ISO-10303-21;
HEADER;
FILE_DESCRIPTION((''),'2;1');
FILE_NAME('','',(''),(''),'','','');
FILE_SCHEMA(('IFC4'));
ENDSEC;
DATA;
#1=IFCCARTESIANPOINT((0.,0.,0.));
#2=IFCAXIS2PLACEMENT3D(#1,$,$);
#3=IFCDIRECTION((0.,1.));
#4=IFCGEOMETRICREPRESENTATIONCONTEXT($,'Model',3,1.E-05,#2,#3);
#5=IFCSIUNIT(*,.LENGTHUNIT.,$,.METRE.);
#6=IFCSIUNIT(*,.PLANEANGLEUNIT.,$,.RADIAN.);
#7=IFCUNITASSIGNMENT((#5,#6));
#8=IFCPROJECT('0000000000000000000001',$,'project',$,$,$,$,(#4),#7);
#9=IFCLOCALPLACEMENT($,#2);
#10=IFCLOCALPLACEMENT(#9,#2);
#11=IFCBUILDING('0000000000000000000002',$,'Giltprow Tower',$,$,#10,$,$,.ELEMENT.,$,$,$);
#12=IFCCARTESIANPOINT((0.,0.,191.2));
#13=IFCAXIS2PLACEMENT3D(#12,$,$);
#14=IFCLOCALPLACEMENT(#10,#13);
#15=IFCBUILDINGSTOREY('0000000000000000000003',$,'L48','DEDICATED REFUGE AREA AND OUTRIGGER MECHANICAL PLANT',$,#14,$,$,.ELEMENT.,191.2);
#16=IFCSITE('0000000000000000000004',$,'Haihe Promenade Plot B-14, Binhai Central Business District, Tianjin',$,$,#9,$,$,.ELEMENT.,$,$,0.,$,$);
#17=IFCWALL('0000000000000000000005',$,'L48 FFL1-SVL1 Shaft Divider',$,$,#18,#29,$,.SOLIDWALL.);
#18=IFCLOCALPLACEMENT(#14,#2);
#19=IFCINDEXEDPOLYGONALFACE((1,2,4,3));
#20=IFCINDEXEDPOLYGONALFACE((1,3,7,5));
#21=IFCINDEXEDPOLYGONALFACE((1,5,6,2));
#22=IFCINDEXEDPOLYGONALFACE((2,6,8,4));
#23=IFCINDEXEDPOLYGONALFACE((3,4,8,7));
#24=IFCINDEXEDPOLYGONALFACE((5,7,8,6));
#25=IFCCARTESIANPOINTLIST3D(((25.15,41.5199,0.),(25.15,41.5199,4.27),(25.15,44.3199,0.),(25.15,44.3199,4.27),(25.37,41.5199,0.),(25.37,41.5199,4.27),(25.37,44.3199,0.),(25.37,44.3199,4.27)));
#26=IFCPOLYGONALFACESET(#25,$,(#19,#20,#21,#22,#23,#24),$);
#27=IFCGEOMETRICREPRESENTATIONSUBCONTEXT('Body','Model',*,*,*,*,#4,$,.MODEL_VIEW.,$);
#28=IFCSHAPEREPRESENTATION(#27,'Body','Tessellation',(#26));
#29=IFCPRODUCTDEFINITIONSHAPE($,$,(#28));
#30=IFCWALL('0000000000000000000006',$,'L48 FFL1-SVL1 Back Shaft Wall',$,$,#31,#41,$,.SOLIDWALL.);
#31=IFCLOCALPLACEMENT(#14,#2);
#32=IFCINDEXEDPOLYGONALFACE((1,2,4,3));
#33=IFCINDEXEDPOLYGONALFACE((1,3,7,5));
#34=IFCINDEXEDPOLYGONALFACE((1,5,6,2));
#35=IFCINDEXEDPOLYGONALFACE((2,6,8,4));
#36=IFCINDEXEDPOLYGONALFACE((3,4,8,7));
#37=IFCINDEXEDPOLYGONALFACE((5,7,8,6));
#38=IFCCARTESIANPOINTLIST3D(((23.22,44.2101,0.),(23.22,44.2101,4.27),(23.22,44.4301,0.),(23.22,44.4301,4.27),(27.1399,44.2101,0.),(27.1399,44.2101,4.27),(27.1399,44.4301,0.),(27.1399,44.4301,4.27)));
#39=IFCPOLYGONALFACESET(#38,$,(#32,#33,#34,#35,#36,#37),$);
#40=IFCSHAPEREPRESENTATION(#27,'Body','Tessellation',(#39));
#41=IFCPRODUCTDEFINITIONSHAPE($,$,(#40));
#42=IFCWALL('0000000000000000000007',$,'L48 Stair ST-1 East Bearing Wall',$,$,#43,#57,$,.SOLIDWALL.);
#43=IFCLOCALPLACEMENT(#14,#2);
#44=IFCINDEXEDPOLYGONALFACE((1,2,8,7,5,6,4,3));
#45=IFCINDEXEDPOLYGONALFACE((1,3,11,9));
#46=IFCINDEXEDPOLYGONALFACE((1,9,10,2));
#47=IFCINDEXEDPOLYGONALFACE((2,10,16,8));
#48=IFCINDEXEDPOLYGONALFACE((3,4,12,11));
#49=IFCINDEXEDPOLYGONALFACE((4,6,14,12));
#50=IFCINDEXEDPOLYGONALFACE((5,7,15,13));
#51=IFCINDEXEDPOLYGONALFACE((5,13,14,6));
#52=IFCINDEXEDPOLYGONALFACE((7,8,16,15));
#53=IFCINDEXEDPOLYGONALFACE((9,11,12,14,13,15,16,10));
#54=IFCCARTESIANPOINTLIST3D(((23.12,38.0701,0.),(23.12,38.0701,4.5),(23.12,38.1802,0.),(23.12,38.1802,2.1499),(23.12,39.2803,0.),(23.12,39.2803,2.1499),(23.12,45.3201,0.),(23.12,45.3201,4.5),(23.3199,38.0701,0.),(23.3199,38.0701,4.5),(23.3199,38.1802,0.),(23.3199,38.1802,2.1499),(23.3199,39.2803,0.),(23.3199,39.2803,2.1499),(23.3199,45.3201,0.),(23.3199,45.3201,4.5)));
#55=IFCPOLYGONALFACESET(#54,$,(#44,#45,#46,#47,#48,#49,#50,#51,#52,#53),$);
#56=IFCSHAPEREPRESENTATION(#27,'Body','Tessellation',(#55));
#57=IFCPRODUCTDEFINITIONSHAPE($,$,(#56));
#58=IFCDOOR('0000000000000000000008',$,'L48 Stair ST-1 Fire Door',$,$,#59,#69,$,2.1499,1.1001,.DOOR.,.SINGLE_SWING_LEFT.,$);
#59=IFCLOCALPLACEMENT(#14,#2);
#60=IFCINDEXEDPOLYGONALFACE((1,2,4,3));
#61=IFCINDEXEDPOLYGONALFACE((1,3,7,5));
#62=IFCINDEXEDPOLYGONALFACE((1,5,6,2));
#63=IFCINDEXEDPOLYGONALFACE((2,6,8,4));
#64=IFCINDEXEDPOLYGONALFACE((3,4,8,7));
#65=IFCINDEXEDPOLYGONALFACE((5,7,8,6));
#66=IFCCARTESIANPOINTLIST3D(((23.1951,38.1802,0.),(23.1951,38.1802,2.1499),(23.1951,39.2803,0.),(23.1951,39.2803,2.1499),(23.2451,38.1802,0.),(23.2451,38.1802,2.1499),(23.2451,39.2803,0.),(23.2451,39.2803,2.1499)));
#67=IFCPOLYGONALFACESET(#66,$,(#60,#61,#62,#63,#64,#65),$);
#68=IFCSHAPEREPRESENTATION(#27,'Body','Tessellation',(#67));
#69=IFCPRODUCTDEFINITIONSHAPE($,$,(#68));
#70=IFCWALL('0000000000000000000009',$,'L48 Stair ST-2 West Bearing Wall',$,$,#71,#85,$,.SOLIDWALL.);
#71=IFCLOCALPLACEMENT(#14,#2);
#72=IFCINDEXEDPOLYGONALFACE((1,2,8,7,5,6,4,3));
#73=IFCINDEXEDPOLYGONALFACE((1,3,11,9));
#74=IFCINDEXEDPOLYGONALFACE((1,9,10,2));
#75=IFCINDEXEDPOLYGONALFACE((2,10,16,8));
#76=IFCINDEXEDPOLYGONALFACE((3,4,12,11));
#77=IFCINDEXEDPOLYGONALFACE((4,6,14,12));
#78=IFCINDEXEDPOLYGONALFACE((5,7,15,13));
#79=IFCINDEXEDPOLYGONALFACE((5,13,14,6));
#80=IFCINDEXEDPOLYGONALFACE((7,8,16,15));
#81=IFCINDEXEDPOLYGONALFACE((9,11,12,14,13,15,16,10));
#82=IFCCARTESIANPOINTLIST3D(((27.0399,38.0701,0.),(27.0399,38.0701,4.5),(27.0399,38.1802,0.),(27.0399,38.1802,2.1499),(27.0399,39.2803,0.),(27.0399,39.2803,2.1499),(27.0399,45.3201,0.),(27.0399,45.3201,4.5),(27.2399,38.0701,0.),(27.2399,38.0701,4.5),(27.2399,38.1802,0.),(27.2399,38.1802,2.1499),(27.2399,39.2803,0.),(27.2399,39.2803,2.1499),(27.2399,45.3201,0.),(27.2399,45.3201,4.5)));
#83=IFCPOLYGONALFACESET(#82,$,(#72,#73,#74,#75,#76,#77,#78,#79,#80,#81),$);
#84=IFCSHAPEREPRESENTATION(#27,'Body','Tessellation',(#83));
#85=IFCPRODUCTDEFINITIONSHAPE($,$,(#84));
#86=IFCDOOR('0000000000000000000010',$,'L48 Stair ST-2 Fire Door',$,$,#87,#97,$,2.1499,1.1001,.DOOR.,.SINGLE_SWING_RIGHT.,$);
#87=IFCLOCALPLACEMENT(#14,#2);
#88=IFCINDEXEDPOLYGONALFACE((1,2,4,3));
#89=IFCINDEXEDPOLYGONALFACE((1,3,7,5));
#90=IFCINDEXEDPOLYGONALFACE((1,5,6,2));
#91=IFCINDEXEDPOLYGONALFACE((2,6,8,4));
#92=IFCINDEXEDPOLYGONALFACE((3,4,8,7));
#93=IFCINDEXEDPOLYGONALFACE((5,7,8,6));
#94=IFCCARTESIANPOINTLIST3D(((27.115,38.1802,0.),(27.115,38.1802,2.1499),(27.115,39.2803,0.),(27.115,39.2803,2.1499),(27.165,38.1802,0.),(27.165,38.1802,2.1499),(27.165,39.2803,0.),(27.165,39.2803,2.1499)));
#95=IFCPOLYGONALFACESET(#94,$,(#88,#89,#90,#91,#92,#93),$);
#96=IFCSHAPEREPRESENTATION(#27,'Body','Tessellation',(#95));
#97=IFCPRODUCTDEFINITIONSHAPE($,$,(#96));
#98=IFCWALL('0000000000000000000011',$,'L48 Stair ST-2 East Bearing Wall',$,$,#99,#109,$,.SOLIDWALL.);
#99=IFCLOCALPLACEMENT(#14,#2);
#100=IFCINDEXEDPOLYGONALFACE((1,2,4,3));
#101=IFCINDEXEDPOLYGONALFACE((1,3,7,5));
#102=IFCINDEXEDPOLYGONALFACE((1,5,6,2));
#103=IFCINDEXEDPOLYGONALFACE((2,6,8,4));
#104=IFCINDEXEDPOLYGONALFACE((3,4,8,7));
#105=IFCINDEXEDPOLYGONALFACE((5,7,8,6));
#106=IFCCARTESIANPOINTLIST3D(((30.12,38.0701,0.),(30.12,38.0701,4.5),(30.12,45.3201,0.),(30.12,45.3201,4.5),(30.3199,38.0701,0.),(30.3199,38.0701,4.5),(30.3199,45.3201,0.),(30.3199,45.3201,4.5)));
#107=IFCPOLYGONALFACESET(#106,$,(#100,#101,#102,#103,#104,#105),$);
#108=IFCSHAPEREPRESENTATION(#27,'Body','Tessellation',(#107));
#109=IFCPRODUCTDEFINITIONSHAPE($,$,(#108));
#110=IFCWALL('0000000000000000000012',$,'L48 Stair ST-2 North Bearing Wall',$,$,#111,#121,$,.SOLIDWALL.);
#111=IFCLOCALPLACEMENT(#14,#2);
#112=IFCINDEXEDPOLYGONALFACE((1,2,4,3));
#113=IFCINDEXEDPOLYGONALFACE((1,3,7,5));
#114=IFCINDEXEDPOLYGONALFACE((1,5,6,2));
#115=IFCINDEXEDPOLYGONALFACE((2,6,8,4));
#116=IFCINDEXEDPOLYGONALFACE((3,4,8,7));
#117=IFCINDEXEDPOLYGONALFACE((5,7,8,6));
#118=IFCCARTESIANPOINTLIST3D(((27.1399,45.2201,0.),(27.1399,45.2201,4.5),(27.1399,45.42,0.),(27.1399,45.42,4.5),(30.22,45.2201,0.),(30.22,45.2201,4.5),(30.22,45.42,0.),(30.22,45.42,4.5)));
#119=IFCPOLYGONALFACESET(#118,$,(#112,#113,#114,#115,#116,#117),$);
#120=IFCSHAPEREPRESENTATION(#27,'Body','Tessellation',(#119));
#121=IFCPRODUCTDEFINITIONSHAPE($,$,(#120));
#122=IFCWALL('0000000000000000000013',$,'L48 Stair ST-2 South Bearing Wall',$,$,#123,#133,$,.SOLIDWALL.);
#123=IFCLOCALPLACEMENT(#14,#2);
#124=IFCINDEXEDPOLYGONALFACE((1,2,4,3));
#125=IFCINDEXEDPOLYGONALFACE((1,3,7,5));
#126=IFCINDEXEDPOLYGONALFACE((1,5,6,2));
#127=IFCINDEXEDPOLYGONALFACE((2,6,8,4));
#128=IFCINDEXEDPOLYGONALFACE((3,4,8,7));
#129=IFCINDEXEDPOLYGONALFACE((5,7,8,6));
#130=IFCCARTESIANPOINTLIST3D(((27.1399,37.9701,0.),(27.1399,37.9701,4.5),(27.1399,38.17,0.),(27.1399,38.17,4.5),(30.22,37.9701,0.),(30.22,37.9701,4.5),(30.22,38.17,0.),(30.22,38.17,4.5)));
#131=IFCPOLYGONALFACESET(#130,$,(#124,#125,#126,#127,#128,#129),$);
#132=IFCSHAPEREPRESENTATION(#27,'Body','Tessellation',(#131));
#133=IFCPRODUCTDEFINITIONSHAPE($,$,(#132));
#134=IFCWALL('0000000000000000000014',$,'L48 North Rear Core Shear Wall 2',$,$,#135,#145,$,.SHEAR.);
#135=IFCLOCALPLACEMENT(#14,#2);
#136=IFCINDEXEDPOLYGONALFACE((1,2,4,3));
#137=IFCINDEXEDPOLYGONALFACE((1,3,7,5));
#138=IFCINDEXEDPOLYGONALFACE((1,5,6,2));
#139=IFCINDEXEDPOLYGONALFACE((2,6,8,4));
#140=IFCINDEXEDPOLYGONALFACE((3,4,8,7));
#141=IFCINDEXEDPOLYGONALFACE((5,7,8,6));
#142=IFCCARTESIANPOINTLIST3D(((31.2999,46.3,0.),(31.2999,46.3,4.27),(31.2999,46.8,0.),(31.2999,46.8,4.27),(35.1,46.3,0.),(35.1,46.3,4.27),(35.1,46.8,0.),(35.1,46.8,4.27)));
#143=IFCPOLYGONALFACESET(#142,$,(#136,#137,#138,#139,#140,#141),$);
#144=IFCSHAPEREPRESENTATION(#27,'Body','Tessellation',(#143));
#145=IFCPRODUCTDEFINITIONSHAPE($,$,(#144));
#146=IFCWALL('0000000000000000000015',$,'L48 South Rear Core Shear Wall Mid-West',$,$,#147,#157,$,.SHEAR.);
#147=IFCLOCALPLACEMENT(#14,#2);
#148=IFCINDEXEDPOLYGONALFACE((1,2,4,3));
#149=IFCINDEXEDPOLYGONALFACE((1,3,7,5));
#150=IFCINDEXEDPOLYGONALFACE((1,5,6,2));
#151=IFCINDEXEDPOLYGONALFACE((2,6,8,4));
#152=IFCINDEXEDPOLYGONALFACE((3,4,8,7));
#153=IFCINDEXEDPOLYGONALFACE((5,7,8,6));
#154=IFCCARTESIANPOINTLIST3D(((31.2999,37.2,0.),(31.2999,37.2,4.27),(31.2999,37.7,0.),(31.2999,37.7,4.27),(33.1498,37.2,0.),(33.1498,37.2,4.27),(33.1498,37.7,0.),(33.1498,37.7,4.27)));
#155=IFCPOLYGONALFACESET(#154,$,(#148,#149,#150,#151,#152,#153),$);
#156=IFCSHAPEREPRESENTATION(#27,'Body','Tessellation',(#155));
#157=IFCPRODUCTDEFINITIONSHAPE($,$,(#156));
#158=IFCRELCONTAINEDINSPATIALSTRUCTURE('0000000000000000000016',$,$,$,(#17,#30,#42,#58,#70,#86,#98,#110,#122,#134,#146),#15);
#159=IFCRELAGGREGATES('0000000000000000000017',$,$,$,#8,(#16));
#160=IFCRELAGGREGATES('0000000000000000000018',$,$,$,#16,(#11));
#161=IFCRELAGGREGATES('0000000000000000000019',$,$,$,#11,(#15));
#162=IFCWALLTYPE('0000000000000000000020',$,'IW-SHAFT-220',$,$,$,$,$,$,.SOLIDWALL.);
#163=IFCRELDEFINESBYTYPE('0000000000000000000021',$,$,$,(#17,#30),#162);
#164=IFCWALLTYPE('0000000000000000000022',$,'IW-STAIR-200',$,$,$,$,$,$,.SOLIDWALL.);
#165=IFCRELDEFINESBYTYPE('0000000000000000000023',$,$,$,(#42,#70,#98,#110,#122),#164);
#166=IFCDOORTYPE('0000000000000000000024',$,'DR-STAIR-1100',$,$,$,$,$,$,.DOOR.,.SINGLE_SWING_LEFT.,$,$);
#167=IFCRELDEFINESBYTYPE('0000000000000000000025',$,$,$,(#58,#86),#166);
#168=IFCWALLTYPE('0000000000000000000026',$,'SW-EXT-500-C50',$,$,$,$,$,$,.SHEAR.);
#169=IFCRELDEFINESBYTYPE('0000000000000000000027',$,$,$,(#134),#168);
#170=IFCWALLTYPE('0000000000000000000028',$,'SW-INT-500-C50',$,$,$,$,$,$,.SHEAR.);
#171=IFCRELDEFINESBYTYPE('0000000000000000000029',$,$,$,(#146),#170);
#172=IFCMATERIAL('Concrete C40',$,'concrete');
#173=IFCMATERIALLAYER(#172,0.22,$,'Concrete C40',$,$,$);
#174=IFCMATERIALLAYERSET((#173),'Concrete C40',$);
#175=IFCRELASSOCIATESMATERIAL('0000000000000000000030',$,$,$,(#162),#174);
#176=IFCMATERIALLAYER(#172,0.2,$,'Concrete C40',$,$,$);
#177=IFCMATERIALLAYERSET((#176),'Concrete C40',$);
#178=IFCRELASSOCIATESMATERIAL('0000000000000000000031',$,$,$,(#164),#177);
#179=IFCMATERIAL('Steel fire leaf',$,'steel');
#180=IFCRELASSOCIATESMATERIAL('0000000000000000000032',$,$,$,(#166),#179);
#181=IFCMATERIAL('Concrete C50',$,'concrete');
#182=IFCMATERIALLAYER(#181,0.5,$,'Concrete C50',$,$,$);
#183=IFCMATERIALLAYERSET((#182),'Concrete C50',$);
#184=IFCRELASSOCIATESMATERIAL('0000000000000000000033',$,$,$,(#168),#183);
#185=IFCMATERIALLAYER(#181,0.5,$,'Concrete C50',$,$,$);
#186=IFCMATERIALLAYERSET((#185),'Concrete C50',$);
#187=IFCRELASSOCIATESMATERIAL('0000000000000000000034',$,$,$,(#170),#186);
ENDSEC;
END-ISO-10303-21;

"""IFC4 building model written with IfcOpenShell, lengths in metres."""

from ifc_helpers import new_model, si_unit, direction, frame, frame_2d, origin, place, context, subcontext, project, spatial, rectangle, extrude, source, transform, mapped, material, layer, layer_set, type_object, element, fill, save


model = new_model("IFC4")

# Units and contexts
model_context = context("Model", 3, precision=1e-05, world=origin(), true_north=direction((0.0, 1.0)))
body_context = subcontext(model_context, "Body", "Model", "MODEL_VIEW")
ifc_project = project(units=[si_unit("LENGTHUNIT", "METRE"), si_unit("PLANEANGLEUNIT", "RADIAN")], contexts=[model_context])

# Site, building, storey
site_placement = place(None, origin())
site = spatial("IfcSite", under=ifc_project, at=site_placement, Name="Haihe Promenade Plot B-14, Binhai Central Business District, Tianjin", CompositionType="ELEMENT", RefElevation=0.0)
building_placement = place(site_placement, origin())
building = spatial("IfcBuilding", under=site, at=building_placement, Name="Giltprow Tower", CompositionType="ELEMENT")
storey_placement = place(building_placement, frame((0.0, 0.0, 191.2)))
storey = spatial("IfcBuildingStorey", under=building, at=storey_placement, Name="L48", Description="DEDICATED REFUGE AREA AND OUTRIGGER MECHANICAL PLANT", CompositionType="ELEMENT", Elevation=191.2)

# Shared definitions
ifc_material_1 = material(Name="Concrete C50", Category="concrete")

# Shared definitions
ifc_material_2 = material(Name="Concrete C40", Category="concrete")
ifc_layer_1 = layer(ifc_material_2, 0.22, Name="Concrete C40")
ifc_layer_set_1 = layer_set([ifc_layer_1], Name="Concrete C40")
wall_type_1 = type_object("IfcWallType", Name="IW-SHAFT-220", PredefinedType="SOLIDWALL", material=ifc_layer_set_1)

# Walls
wall_1_placement = place(storey_placement, frame((25.26, 41.52, 0.0), z_axis=(0.0, 0.0, 1.0), x_axis=(0.0, 1.0, 0.0)))
element("IfcWall", 1, at=wall_1_placement, inside=storey, type_object=wall_type_1, Name="L48 FFL1-SVL1 Shaft Divider", PredefinedType="SOLIDWALL", context=body_context, shape_type="SweptSolid", body=[
    extrude(rectangle(XDim=2.8, YDim=0.22, at=frame_2d((1.3999, 0.0))), origin(), (0.0, 0.0, 1.0), 4.27),
])
wall_2_placement = place(storey_placement, frame((23.22, 44.3201, 0.0), z_axis=(0.0, 0.0, 1.0), x_axis=(1.0, 0.0, 0.0)))
element("IfcWall", 2, at=wall_2_placement, inside=storey, type_object=wall_type_1, Name="L48 FFL1-SVL1 Back Shaft Wall", PredefinedType="SOLIDWALL", context=body_context, shape_type="SweptSolid", body=[
    extrude(rectangle(XDim=3.9199, YDim=0.22, at=frame_2d((1.96, 0.0))), origin(), (0.0, 0.0, 1.0), 4.27),
])

# Walls, openings, doors
ifc_layer_2 = layer(ifc_material_2, 0.2, Name="Concrete C40")
ifc_layer_set_2 = layer_set([ifc_layer_2], Name="Concrete C40")
wall_type_2 = type_object("IfcWallType", Name="IW-STAIR-200", PredefinedType="SOLIDWALL", material=ifc_layer_set_2)
wall_3_placement = place(storey_placement, frame((23.22, 38.0701, 0.0), z_axis=(0.0, 0.0, 1.0), x_axis=(0.0, 1.0, 0.0)))
wall_3 = element("IfcWall", 3, at=wall_3_placement, inside=storey, type_object=wall_type_2, Name="L48 Stair ST-1 East Bearing Wall", PredefinedType="SOLIDWALL", context=body_context, shape_type="SweptSolid", body=[
    extrude(rectangle(XDim=7.25, YDim=0.2, at=frame_2d((3.625, 0.0))), origin(), (0.0, 0.0, 1.0), 4.5),
])
opening_1_placement = place(wall_3_placement, frame((0.1101, 0.0, 0.0)))
opening_1 = element("IfcOpeningElement", 4, at=opening_1_placement, cuts=wall_3, PredefinedType="OPENING", context=body_context, shape_type="SweptSolid", body=[
    extrude(rectangle(XDim=1.1001, YDim=2.1499, at=frame_2d((0.55, 1.075))), frame((0.0, 0.1099, 0.0), z_axis=(0.0, -1.0, 0.0), x_axis=(1.0, 0.0, 0.0)), (0.0, 0.0, 1.0), 0.22),
])
ifc_material_3 = material(Name="Steel fire leaf", Category="steel")
door_type_1 = type_object("IfcDoorType", Name="DR-STAIR-1100", OperationType="SINGLE_SWING_LEFT", PredefinedType="DOOR", material=ifc_material_3)
shared_shape_1 = source(origin(), body_context, "Body", "SweptSolid", [
    extrude(rectangle(XDim=1.1001, YDim=2.1499, at=frame_2d((0.55, 1.075))), frame((0.0, 0.0249, 0.0), z_axis=(0.0, -1.0, 0.0), x_axis=(1.0, 0.0, 0.0)), (0.0, 0.0, 1.0), 0.05),
])
door_1_placement = place(opening_1_placement, origin())
door_1 = element("IfcDoor", 5, at=door_1_placement, inside=storey, type_object=door_type_1, Name="L48 Stair ST-1 Fire Door", OperationType="SINGLE_SWING_LEFT", OverallHeight=2.1499, OverallWidth=1.1001, PredefinedType="DOOR", context=body_context, shape_type="MappedRepresentation", body=[
    mapped(shared_shape_1, transform((0.0, 0.0, 0.0), x_axis=(1.0, 0.0, 0.0), y_axis=(0.0, 1.0, 0.0), z_axis=(0.0, 0.0, 1.0), scale=1.0)),
])
fill(opening_1, door_1)
wall_4_placement = place(storey_placement, frame((27.1399, 38.0701, 0.0), z_axis=(0.0, 0.0, 1.0), x_axis=(0.0, 1.0, 0.0)))
wall_4 = element("IfcWall", 6, at=wall_4_placement, inside=storey, type_object=wall_type_2, Name="L48 Stair ST-2 West Bearing Wall", PredefinedType="SOLIDWALL", context=body_context, shape_type="SweptSolid", body=[
    extrude(rectangle(XDim=7.25, YDim=0.2, at=frame_2d((3.625, 0.0))), origin(), (0.0, 0.0, 1.0), 4.5),
])
opening_2_placement = place(wall_4_placement, frame((0.1101, 0.0, 0.0)))
opening_2 = element("IfcOpeningElement", 7, at=opening_2_placement, cuts=wall_4, PredefinedType="OPENING", context=body_context, shape_type="SweptSolid", body=[
    extrude(rectangle(XDim=1.1001, YDim=2.1499, at=frame_2d((0.55, 1.075))), frame((0.0, 0.1099, 0.0), z_axis=(0.0, -1.0, 0.0), x_axis=(1.0, 0.0, 0.0)), (0.0, 0.0, 1.0), 0.22),
])
door_2_placement = place(opening_2_placement, origin())
door_2 = element("IfcDoor", 8, at=door_2_placement, inside=storey, type_object=door_type_1, Name="L48 Stair ST-2 Fire Door", OperationType="SINGLE_SWING_RIGHT", OverallHeight=2.1499, OverallWidth=1.1001, PredefinedType="DOOR", context=body_context, shape_type="MappedRepresentation", body=[
    mapped(shared_shape_1, transform((0.0, 0.0, 0.0), x_axis=(1.0, 0.0, 0.0), y_axis=(0.0, 1.0, 0.0), z_axis=(0.0, 0.0, 1.0), scale=1.0)),
])
fill(opening_2, door_2)

# Walls
wall_5_placement = place(storey_placement, frame((30.22, 38.0701, 0.0), z_axis=(0.0, 0.0, 1.0), x_axis=(0.0, 1.0, 0.0)))
element("IfcWall", 9, at=wall_5_placement, inside=storey, type_object=wall_type_2, Name="L48 Stair ST-2 East Bearing Wall", PredefinedType="SOLIDWALL", context=body_context, shape_type="SweptSolid", body=[
    extrude(rectangle(XDim=7.25, YDim=0.2, at=frame_2d((3.625, 0.0))), origin(), (0.0, 0.0, 1.0), 4.5),
])
for number, where, z_axis, x_axis, name in (
    (10, (27.1399, 45.3201, 0.0), (0.0, 0.0, 1.0), (1.0, 0.0, 0.0), "L48 Stair ST-2 North Bearing Wall"),
    (11, (27.1399, 38.0701, 0.0), (0.0, 0.0, 1.0), (1.0, 0.0, 0.0), "L48 Stair ST-2 South Bearing Wall"),
):
    element("IfcWall", number, at=place(storey_placement, frame(where, z_axis=z_axis, x_axis=x_axis)), inside=storey, type_object=wall_type_2, Name=name, PredefinedType="SOLIDWALL", context=body_context, shape_type="SweptSolid", body=[
        extrude(rectangle(XDim=3.0801, YDim=0.2, at=frame_2d((1.54, 0.0))), origin(), (0.0, 0.0, 1.0), 4.5),
    ])
ifc_layer_3 = layer(ifc_material_1, 0.5, Name="Concrete C50")
ifc_layer_set_3 = layer_set([ifc_layer_3], Name="Concrete C50")
wall_type_3 = type_object("IfcWallType", Name="SW-EXT-500-C50", PredefinedType="SHEAR", material=ifc_layer_set_3)
wall_6_placement = place(storey_placement, frame((31.3, 46.55, 0.0), z_axis=(0.0, 0.0, 1.0), x_axis=(1.0, 0.0, 0.0)))
element("IfcWall", 12, at=wall_6_placement, inside=storey, type_object=wall_type_3, Name="L48 North Rear Core Shear Wall 2", PredefinedType="SHEAR", context=body_context, shape_type="SweptSolid", body=[
    extrude(rectangle(XDim=3.8, YDim=0.5, at=frame_2d((1.8999, 0.0))), origin(), (0.0, 0.0, 1.0), 4.27),
])
ifc_layer_4 = layer(ifc_material_1, 0.5, Name="Concrete C50")
ifc_layer_set_4 = layer_set([ifc_layer_4], Name="Concrete C50")
wall_type_4 = type_object("IfcWallType", Name="SW-INT-500-C50", PredefinedType="SHEAR", material=ifc_layer_set_4)
wall_7_placement = place(storey_placement, frame((31.3, 37.45, 0.0), z_axis=(0.0, 0.0, 1.0), x_axis=(1.0, 0.0, 0.0)))
element("IfcWall", 13, at=wall_7_placement, inside=storey, type_object=wall_type_4, Name="L48 South Rear Core Shear Wall Mid-West", PredefinedType="SHEAR", context=body_context, shape_type="SweptSolid", body=[
    extrude(rectangle(XDim=1.8499, YDim=0.5, at=frame_2d((0.9248, 0.0))), origin(), (0.0, 0.0, 1.0), 4.27),
])

save(model, "model.ifc")
